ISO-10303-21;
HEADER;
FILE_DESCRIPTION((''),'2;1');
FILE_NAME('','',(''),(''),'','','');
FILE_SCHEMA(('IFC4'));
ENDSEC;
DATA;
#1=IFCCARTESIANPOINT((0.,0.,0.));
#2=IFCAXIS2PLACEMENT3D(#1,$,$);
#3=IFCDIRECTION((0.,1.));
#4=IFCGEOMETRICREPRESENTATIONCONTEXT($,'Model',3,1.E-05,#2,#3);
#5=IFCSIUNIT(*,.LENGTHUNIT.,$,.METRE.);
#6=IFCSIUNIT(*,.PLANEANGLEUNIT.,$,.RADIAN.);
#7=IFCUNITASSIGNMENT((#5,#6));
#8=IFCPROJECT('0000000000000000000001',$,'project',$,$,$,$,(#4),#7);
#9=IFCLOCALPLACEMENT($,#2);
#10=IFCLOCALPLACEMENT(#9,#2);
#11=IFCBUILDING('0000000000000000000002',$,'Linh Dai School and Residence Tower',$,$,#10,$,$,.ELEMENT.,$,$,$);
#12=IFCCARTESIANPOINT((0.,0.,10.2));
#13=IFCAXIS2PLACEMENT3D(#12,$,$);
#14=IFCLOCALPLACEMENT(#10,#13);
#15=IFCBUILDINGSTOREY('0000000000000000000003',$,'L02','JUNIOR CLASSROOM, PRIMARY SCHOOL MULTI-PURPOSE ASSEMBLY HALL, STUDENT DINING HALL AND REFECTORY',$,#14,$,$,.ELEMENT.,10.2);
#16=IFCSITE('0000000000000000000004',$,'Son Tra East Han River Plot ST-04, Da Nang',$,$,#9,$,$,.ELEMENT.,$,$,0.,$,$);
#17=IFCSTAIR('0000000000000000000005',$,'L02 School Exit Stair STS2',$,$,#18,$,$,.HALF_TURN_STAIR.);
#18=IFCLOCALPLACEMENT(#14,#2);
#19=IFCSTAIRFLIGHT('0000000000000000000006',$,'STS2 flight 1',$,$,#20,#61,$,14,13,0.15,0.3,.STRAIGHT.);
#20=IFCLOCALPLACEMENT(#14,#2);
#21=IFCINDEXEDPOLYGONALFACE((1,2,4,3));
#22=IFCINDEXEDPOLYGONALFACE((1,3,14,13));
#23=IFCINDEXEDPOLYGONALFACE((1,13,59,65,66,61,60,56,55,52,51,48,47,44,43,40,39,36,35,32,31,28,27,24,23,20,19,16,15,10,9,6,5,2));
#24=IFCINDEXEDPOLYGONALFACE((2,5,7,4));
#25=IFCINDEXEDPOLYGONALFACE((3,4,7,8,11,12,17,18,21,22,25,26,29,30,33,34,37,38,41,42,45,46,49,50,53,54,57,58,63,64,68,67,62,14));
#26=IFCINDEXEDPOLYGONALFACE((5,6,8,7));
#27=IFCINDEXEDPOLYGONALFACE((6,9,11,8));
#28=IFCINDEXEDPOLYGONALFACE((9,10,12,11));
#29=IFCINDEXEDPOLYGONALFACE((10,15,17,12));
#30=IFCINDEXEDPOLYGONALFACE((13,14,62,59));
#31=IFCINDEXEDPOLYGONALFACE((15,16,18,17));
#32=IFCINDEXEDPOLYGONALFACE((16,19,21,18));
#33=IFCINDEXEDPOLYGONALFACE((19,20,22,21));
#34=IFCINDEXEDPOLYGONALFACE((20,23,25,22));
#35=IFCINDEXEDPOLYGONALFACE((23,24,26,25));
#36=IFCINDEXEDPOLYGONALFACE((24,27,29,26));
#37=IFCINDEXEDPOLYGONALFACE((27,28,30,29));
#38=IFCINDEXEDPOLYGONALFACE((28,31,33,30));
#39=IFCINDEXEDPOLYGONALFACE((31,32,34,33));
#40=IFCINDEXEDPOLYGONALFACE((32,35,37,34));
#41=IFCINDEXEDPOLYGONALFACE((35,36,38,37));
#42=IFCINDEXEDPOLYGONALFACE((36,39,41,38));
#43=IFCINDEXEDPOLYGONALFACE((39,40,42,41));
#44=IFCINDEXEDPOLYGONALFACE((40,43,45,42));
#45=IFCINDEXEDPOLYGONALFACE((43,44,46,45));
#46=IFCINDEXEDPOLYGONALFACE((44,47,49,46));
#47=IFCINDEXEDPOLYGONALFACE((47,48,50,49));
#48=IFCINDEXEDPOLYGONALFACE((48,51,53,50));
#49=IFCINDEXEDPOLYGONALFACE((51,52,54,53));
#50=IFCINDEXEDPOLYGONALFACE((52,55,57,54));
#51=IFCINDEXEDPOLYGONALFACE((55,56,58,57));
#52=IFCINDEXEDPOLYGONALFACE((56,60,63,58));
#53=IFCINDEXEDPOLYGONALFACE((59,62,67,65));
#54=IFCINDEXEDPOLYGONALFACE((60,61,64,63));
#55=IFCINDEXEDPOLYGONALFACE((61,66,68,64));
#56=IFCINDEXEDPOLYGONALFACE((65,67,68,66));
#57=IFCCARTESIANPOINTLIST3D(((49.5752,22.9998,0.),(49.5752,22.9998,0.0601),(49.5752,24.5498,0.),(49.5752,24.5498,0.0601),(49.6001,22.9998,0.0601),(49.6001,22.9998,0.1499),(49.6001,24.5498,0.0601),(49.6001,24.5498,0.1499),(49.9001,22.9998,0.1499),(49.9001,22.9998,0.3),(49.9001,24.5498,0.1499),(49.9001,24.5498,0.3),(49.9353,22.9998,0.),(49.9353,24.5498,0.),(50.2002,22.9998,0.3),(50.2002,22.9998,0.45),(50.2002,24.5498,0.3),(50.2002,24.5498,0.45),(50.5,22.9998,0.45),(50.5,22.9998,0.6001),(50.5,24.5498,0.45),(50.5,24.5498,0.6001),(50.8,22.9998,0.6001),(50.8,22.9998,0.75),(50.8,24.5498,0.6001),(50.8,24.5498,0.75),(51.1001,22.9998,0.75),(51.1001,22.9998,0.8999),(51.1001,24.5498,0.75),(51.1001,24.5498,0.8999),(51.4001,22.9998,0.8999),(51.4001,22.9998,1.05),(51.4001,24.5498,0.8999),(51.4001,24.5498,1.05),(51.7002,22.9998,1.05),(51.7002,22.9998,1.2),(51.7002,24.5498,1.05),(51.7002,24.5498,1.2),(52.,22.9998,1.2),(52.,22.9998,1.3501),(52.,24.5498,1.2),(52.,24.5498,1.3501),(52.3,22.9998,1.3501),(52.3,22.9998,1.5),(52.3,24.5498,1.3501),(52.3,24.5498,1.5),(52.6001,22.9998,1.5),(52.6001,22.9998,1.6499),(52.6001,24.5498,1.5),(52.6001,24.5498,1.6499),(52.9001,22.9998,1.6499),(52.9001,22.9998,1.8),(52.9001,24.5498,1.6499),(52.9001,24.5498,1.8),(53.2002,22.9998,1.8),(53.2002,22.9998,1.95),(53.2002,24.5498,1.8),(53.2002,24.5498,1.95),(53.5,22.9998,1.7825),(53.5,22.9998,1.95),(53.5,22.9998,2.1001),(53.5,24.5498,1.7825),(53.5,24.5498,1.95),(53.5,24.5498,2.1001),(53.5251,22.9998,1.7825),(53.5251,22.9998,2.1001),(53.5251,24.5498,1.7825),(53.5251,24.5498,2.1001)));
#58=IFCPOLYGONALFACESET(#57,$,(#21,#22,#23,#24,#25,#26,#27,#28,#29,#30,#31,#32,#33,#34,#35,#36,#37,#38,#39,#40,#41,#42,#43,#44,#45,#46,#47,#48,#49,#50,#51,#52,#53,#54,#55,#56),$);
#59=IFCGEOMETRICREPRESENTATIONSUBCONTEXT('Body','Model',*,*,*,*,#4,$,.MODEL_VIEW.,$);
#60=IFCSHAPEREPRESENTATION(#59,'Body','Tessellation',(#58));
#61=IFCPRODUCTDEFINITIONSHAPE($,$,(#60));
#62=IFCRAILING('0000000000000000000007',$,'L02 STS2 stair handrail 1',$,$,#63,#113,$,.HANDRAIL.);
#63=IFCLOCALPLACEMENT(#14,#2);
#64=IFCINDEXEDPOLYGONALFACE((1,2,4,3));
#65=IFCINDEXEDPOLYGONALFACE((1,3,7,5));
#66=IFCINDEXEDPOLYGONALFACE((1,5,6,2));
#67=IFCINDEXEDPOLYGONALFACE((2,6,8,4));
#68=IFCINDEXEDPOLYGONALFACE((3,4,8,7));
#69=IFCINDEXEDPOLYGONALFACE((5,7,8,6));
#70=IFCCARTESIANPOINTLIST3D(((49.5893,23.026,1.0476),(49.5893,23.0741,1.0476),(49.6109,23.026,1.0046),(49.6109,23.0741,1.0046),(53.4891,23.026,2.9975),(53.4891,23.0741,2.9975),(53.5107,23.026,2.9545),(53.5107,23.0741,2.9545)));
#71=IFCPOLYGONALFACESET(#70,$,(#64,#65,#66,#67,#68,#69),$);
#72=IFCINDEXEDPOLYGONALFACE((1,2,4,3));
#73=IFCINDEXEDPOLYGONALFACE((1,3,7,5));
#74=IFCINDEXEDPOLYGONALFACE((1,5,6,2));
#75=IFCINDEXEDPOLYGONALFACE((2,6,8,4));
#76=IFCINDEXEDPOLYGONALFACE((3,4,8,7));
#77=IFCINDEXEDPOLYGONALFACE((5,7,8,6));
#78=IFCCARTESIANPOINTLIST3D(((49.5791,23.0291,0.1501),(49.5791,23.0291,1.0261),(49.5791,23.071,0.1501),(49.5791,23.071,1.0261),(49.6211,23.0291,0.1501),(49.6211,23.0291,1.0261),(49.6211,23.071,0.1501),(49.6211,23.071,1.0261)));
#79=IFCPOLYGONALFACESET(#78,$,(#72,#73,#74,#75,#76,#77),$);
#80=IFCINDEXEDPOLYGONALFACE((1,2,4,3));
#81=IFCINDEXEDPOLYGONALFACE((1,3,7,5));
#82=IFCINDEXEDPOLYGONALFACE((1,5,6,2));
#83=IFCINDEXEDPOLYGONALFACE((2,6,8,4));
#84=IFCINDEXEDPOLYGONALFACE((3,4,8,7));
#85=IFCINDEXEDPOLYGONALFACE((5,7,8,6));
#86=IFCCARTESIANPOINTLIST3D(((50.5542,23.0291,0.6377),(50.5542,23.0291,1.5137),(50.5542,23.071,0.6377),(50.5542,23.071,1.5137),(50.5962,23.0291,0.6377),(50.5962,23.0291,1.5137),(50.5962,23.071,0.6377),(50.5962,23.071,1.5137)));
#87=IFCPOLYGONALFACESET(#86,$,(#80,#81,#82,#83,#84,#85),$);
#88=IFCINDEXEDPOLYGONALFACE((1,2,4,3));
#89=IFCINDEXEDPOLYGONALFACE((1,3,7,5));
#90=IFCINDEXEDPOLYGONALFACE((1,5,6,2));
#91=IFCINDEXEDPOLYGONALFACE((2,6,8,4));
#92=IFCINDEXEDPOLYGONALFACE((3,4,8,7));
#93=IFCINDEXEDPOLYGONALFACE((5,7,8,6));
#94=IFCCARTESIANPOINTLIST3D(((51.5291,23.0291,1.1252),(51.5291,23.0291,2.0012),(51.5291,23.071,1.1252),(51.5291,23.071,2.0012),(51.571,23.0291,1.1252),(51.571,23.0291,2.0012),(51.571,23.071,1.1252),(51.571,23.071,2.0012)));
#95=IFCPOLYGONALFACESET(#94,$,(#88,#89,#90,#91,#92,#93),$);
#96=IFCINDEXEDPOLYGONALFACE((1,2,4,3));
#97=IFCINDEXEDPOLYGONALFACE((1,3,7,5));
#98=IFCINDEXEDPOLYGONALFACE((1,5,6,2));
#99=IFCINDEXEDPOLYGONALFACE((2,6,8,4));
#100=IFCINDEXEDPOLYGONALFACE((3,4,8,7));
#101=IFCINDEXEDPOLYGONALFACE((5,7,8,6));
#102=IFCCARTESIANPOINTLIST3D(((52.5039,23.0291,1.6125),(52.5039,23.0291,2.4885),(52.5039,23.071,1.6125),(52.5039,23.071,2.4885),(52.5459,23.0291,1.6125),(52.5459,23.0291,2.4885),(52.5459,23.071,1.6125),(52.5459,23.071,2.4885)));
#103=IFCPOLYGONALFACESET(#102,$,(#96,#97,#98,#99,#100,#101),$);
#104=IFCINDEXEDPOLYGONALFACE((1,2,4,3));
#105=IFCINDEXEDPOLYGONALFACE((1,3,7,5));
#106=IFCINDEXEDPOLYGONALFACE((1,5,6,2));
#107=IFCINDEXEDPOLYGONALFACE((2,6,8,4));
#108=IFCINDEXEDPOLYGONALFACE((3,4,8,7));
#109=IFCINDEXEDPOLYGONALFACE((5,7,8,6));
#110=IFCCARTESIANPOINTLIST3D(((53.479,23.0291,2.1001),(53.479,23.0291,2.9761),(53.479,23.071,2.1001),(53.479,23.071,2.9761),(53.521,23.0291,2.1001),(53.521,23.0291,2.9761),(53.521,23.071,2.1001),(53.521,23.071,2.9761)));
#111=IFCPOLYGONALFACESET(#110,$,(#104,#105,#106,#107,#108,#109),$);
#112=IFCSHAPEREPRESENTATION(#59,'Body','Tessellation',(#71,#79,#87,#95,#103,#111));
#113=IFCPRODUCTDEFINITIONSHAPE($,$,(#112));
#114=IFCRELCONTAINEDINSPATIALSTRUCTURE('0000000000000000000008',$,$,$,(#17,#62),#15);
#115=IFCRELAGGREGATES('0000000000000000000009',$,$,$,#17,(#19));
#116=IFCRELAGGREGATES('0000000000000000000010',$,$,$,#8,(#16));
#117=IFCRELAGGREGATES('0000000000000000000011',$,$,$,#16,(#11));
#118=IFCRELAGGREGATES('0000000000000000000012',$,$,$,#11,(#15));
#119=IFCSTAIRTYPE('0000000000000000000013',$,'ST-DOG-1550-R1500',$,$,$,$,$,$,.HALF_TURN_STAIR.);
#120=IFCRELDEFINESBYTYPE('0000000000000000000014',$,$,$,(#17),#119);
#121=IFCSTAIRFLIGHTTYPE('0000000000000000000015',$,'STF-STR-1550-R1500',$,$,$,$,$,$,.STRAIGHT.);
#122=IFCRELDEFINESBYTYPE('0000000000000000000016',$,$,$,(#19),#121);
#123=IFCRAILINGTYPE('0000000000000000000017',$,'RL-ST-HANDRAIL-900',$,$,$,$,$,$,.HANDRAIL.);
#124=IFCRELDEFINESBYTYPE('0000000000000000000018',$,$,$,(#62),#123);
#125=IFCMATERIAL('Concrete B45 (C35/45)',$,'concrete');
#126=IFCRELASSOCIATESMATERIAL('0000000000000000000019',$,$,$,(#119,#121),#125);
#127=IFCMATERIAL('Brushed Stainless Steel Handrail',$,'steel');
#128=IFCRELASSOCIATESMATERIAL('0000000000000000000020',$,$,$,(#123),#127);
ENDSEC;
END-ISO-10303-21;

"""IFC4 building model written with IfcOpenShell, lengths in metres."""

from ifc_helpers import new_model, si_unit, direction, frame, origin, origin_2d, place, context, subcontext, project, spatial, polyline, rectangle, outline, extrude, source, transform, mapped, material, type_object, element, aggregate, save


model = new_model("IFC4")

# Units and contexts
model_context = context("Model", 3, precision=1e-05, world=origin(), true_north=direction((0.0, 1.0)))
body_context = subcontext(model_context, "Body", "Model", "MODEL_VIEW")
ifc_project = project(units=[si_unit("LENGTHUNIT", "METRE"), si_unit("PLANEANGLEUNIT", "RADIAN")], contexts=[model_context])

# Site, building, storey
site_placement = place(None, origin())
site = spatial("IfcSite", under=ifc_project, at=site_placement, Name="Son Tra East Han River Plot ST-04, Da Nang", CompositionType="ELEMENT", RefElevation=0.0)
building_placement = place(site_placement, origin())
building = spatial("IfcBuilding", under=site, at=building_placement, Name="Linh Dai School and Residence Tower", CompositionType="ELEMENT")
storey_placement = place(building_placement, frame((0.0, 0.0, 10.2)))
storey = spatial("IfcBuildingStorey", under=building, at=storey_placement, Name="L02", Description="JUNIOR CLASSROOM, PRIMARY SCHOOL MULTI-PURPOSE ASSEMBLY HALL, STUDENT DINING HALL AND REFECTORY", CompositionType="ELEMENT", Elevation=10.2)

# Shared definitions
ifc_material_1 = material(Name="Concrete B45 (C35/45)", Category="concrete")

# Stair, stair flight
stair_type = type_object("IfcStairType", Name="ST-DOG-1550-R1500", PredefinedType="HALF_TURN_STAIR", material=ifc_material_1)
stair_placement = place(storey_placement, origin())
stair = element("IfcStair", 1, at=stair_placement, inside=storey, type_object=stair_type, Name="L02 School Exit Stair STS2", PredefinedType="HALF_TURN_STAIR")
stair_flight_type = type_object("IfcStairFlightType", Name="STF-STR-1550-R1500", PredefinedType="STRAIGHT", material=ifc_material_1)
shared_shape_1 = source(origin(), body_context, "Body", "SweptSolid", [
    extrude(outline(polyline([(-0.0249, 0.0), (-0.0249, 0.0601), (0.0, 0.0601), (0.0, 0.1499), (0.3, 0.1499), (0.3, 0.3), (0.6001, 0.3), (0.6001, 0.45), (0.8999, 0.45), (0.8999, 0.6001), (1.2, 0.6001), (1.2, 0.75), (1.5, 0.75), (1.5, 0.8999), (1.8, 0.8999), (1.8, 1.05), (2.1001, 1.05), (2.1001, 1.2), (2.3999, 1.2), (2.3999, 1.3501), (2.7, 1.3501), (2.7, 1.5), (3.0, 1.5), (3.0, 1.6499), (3.3, 1.6499), (3.3, 1.8), (3.6001, 1.8), (3.6001, 1.95), (3.8999, 1.95), (3.8999, 2.1001), (3.925, 2.1001), (3.925, 1.7825), (3.8999, 1.7825), (0.3352, 0.0), (-0.0249, 0.0)])), frame((0.0, 0.7749, 0.0), z_axis=(0.0, -1.0, 0.0), x_axis=(1.0, 0.0, 0.0)), (0.0, 0.0, 1.0), 1.55),
])
stair_flight_placement = place(storey_placement, frame((49.6001, 23.7749, 0.0), z_axis=(0.0, 0.0, 1.0), x_axis=(1.0, 0.0, 0.0)))
stair_flight = element("IfcStairFlight", 2, at=stair_flight_placement, type_object=stair_flight_type, Name="STS2 flight 1", NumberOfRisers=14, NumberOfTreads=13, PredefinedType="STRAIGHT", RiserHeight=0.15, TreadLength=0.3, context=body_context, shape_type="MappedRepresentation", body=[
    mapped(shared_shape_1, transform((0.0, 0.0, 0.0), x_axis=(1.0, 0.0, 0.0), y_axis=(0.0, 1.0, 0.0), z_axis=(0.0, 0.0, 1.0), scale=1.0)),
])
aggregate(stair, [stair_flight])

# Railing
ifc_material_2 = material(Name="Brushed Stainless Steel Handrail", Category="steel")
railing_type_1 = type_object("IfcRailingType", Name="RL-ST-HANDRAIL-900", PredefinedType="HANDRAIL", material=ifc_material_2)
shared_shape_2 = source(origin(), body_context, "Body", "SweptSolid", [
    extrude(rectangle(XDim=0.0481, YDim=0.0481, at=origin_2d()), frame((0.0, 0.0, 0.876), z_axis=(0.894427, 0.0, 0.447214), x_axis=(0.0, 1.0, 0.0)), (0.0, 0.0, 1.0), 4.3601),
    extrude(rectangle(XDim=0.042, YDim=0.042, at=origin_2d()), origin(), (0.0, 0.0, 1.0), 0.876),
    extrude(rectangle(XDim=0.042, YDim=0.042, at=origin_2d()), frame((0.9751, 0.0, 0.4875)), (0.0, 0.0, 1.0), 0.876),
    extrude(rectangle(XDim=0.042, YDim=0.042, at=origin_2d()), frame((1.95, 0.0, 0.9751)), (0.0, 0.0, 1.0), 0.876),
    extrude(rectangle(XDim=0.042, YDim=0.042, at=origin_2d()), frame((2.9248, 0.0, 1.4624)), (0.0, 0.0, 1.0), 0.876),
    extrude(rectangle(XDim=0.042, YDim=0.042, at=origin_2d()), frame((3.8999, 0.0, 1.95)), (0.0, 0.0, 1.0), 0.876),
])
railing_1_placement = place(storey_placement, frame((49.6001, 23.05, 0.1501)))
element("IfcRailing", 3, at=railing_1_placement, inside=storey, type_object=railing_type_1, Name="L02 STS2 stair handrail 1", PredefinedType="HANDRAIL", context=body_context, shape_type="MappedRepresentation", body=[
    mapped(shared_shape_2, transform((0.0, 0.0, 0.0), x_axis=(1.0, 0.0, 0.0), y_axis=(0.0, 1.0, 0.0), z_axis=(0.0, 0.0, 1.0), scale=1.0)),
])

save(model, "model.ifc")
